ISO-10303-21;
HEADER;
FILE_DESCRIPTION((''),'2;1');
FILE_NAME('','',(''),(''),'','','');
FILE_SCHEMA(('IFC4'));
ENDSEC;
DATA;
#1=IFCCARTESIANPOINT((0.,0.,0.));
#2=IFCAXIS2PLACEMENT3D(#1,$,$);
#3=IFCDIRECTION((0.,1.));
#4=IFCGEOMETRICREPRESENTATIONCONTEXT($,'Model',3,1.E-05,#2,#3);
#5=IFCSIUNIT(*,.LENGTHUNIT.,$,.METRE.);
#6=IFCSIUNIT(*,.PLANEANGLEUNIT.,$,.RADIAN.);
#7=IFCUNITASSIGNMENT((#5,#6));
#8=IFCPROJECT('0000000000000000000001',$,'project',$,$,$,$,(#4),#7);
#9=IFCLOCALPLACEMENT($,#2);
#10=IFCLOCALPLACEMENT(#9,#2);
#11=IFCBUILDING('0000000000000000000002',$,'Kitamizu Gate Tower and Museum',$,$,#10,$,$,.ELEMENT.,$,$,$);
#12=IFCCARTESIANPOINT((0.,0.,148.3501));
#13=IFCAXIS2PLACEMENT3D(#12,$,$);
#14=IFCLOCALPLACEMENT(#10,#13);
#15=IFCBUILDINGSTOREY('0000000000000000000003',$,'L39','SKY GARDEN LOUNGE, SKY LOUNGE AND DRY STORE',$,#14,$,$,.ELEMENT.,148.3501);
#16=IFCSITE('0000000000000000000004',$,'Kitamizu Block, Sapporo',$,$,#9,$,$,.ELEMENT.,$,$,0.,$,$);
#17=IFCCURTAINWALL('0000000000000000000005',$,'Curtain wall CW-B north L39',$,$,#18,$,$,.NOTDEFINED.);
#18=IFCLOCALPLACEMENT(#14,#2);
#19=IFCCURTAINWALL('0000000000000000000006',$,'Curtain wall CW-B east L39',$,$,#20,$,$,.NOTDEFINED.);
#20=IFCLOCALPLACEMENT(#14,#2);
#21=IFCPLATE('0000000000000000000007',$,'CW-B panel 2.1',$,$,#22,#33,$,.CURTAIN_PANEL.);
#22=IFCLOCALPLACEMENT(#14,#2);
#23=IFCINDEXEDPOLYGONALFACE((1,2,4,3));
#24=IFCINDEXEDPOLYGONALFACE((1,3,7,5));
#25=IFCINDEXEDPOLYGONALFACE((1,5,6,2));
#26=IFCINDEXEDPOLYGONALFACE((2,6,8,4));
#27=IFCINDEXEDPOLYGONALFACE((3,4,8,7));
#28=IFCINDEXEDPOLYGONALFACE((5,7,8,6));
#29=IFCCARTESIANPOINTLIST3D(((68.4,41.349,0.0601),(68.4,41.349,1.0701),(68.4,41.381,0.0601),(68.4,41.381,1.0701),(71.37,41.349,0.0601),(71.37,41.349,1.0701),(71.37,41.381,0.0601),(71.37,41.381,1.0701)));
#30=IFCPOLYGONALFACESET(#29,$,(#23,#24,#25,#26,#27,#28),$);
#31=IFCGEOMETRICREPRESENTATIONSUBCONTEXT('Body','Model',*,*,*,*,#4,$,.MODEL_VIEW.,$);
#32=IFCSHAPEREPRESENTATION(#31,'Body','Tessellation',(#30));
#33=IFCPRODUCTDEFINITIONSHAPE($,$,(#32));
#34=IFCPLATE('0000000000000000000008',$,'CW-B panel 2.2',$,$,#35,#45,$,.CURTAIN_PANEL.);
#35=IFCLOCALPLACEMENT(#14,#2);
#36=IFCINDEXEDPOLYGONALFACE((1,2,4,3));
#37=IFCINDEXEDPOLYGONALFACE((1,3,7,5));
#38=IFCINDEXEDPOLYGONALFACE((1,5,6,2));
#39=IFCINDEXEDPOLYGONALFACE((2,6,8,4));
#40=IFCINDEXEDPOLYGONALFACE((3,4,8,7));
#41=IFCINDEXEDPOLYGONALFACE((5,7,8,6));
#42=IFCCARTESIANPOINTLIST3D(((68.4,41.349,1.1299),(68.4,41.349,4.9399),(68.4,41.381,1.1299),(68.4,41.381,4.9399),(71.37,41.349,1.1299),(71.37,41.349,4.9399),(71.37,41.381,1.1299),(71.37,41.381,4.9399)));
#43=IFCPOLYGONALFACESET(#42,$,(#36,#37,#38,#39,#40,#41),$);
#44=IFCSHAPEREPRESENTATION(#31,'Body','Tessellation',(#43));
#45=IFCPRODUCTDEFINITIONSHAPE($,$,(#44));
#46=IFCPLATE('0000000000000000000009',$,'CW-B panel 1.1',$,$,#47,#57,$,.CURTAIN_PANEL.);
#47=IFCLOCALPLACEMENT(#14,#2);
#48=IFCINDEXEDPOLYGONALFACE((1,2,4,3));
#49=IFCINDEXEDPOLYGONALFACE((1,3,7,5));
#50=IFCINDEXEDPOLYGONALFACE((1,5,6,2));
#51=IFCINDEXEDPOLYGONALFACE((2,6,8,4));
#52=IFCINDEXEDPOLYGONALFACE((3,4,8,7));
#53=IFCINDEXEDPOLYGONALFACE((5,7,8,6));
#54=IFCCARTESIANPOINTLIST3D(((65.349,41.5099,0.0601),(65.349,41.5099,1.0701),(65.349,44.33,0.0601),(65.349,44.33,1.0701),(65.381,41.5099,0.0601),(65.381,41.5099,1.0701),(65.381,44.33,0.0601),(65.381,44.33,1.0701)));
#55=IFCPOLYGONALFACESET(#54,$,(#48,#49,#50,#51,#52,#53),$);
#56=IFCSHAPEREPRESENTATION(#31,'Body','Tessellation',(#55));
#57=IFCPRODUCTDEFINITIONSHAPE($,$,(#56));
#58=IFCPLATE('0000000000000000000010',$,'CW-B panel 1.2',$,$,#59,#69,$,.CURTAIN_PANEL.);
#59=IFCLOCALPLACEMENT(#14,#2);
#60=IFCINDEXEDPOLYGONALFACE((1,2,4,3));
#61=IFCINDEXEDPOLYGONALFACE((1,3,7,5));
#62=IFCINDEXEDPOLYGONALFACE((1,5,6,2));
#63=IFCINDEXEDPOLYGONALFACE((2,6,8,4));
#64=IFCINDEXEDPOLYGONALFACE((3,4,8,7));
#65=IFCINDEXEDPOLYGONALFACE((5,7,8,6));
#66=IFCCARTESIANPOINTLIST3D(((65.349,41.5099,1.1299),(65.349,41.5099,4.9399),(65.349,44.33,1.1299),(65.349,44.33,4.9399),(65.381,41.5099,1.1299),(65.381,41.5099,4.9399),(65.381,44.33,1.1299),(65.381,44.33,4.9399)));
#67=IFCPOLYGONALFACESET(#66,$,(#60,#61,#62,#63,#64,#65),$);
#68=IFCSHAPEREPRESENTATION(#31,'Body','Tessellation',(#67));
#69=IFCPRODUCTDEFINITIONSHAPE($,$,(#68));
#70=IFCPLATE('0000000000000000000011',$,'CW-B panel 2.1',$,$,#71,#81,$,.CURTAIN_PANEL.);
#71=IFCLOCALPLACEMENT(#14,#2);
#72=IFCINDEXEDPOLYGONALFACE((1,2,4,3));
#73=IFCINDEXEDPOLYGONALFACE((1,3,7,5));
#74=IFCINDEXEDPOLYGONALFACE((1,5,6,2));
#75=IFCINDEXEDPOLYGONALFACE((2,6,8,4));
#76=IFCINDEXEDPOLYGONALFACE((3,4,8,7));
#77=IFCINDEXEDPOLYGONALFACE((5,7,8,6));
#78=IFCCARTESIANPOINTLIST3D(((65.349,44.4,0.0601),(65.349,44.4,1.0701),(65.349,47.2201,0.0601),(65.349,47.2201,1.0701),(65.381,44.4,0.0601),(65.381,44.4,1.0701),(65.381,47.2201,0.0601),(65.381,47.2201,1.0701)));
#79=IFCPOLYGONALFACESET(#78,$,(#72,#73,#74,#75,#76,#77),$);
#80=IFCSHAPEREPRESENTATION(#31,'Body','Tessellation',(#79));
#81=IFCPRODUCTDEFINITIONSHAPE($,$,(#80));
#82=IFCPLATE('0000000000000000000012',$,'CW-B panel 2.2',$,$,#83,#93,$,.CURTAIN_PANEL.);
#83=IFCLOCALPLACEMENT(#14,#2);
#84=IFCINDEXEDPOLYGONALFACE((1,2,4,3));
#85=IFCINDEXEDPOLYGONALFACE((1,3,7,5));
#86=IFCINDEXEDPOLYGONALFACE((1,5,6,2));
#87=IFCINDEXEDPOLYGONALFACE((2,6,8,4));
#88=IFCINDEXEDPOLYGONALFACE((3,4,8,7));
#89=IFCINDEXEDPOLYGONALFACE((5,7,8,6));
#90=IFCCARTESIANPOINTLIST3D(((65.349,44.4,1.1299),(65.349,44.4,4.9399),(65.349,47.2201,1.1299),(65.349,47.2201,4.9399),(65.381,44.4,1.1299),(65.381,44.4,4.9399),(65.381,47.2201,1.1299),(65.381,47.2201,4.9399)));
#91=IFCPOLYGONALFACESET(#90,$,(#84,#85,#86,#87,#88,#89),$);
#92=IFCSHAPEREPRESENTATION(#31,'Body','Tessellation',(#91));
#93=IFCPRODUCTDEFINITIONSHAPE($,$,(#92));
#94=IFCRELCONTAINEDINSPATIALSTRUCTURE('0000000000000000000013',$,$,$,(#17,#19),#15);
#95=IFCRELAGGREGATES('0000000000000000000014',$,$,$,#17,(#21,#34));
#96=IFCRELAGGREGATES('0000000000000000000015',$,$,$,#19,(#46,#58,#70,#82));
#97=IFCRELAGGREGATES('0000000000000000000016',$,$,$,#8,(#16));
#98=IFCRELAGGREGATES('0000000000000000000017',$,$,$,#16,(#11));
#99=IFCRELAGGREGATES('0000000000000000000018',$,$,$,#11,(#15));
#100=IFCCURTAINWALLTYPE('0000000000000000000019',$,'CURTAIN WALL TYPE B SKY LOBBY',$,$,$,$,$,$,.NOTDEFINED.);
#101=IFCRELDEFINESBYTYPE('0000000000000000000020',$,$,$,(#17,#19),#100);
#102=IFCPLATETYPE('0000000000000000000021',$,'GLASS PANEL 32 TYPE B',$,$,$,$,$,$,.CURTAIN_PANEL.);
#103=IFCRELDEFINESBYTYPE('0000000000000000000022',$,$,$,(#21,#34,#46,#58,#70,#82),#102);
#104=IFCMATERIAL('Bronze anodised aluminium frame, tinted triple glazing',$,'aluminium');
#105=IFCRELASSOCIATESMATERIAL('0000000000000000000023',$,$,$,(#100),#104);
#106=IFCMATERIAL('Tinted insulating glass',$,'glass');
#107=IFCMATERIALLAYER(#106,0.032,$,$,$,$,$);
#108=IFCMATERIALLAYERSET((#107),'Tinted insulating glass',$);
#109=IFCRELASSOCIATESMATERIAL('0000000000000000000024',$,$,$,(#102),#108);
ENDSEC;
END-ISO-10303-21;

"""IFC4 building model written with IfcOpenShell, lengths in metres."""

from ifc_helpers import new_model, si_unit, direction, frame, origin, origin_2d, place, context, subcontext, project, spatial, rectangle, extrude, material, layer, layer_set, type_object, element, aggregate, save


model = new_model("IFC4")

# Units and contexts
model_context = context("Model", 3, precision=1e-05, world=origin(), true_north=direction((0.0, 1.0)))
body_context = subcontext(model_context, "Body", "Model", "MODEL_VIEW")
ifc_project = project(units=[si_unit("LENGTHUNIT", "METRE"), si_unit("PLANEANGLEUNIT", "RADIAN")], contexts=[model_context])

# Site, building, storey
site_placement = place(None, origin())
site = spatial("IfcSite", under=ifc_project, at=site_placement, Name="Kitamizu Block, Sapporo", CompositionType="ELEMENT", RefElevation=0.0)
building_placement = place(site_placement, origin())
building = spatial("IfcBuilding", under=site, at=building_placement, Name="Kitamizu Gate Tower and Museum", CompositionType="ELEMENT")
storey_placement = place(building_placement, frame((0.0, 0.0, 148.3501)))
storey = spatial("IfcBuildingStorey", under=building, at=storey_placement, Name="L39", Description="SKY GARDEN LOUNGE, SKY LOUNGE AND DRY STORE", CompositionType="ELEMENT", Elevation=148.3501)

# Curtain walls
ifc_material_1 = material(Name="Bronze anodised aluminium frame, tinted triple glazing", Category="aluminium")
curtain_wall_type = type_object("IfcCurtainWallType", Name="CURTAIN WALL TYPE B SKY LOBBY", PredefinedType="NOTDEFINED", material=ifc_material_1)
curtain_wall_1_placement = place(storey_placement, origin())
curtain_wall_1 = element("IfcCurtainWall", 1, at=curtain_wall_1_placement, inside=storey, type_object=curtain_wall_type, Name="Curtain wall CW-B north L39", PredefinedType="NOTDEFINED")
curtain_wall_2_placement = place(storey_placement, origin())
curtain_wall_2 = element("IfcCurtainWall", 2, at=curtain_wall_2_placement, inside=storey, type_object=curtain_wall_type, Name="Curtain wall CW-B east L39", PredefinedType="NOTDEFINED")

# Plates
ifc_material_2 = material(Name="Tinted insulating glass", Category="glass")
ifc_layer = layer(ifc_material_2, 0.032)
ifc_layer_set = layer_set([ifc_layer], Name="Tinted insulating glass")
plate_type = type_object("IfcPlateType", Name="GLASS PANEL 32 TYPE B", PredefinedType="CURTAIN_PANEL", material=ifc_layer_set)
plate_1_placement = place(storey_placement, frame((69.885, 41.365, 0.0601), z_axis=(0.0, 0.0, 1.0), x_axis=(1.0, 0.0, 0.0)))
plate_1 = element("IfcPlate", 3, at=plate_1_placement, type_object=plate_type, Name="CW-B panel 2.1", PredefinedType="CURTAIN_PANEL", context=body_context, shape_type="SweptSolid", body=[
    extrude(rectangle(XDim=2.97, YDim=0.032, at=origin_2d()), origin(), (0.0, 0.0, 1.0), 1.01),
])
plate_2_placement = place(storey_placement, frame((69.885, 41.365, 1.1299), z_axis=(0.0, 0.0, 1.0), x_axis=(1.0, 0.0, 0.0)))
plate_2 = element("IfcPlate", 4, at=plate_2_placement, type_object=plate_type, Name="CW-B panel 2.2", PredefinedType="CURTAIN_PANEL", context=body_context, shape_type="SweptSolid", body=[
    extrude(rectangle(XDim=2.97, YDim=0.032, at=origin_2d()), origin(), (0.0, 0.0, 1.0), 3.8101),
])
aggregate(curtain_wall_1, [plate_1, plate_2])
plate_3_placement = place(storey_placement, frame((65.365, 42.9199, 0.0601), z_axis=(0.0, 0.0, 1.0), x_axis=(0.0, 1.0, 0.0)))
plate_3 = element("IfcPlate", 5, at=plate_3_placement, type_object=plate_type, Name="CW-B panel 1.1", PredefinedType="CURTAIN_PANEL", context=body_context, shape_type="SweptSolid", body=[
    extrude(rectangle(XDim=2.8201, YDim=0.032, at=origin_2d()), origin(), (0.0, 0.0, 1.0), 1.01),
])
plate_4_placement = place(storey_placement, frame((65.365, 42.9199, 1.1299), z_axis=(0.0, 0.0, 1.0), x_axis=(0.0, 1.0, 0.0)))
plate_4 = element("IfcPlate", 6, at=plate_4_placement, type_object=plate_type, Name="CW-B panel 1.2", PredefinedType="CURTAIN_PANEL", context=body_context, shape_type="SweptSolid", body=[
    extrude(rectangle(XDim=2.8201, YDim=0.032, at=origin_2d()), origin(), (0.0, 0.0, 1.0), 3.8101),
])
plate_5_placement = place(storey_placement, frame((65.365, 45.8101, 0.0601), z_axis=(0.0, 0.0, 1.0), x_axis=(0.0, 1.0, 0.0)))
plate_5 = element("IfcPlate", 7, at=plate_5_placement, type_object=plate_type, Name="CW-B panel 2.1", PredefinedType="CURTAIN_PANEL", context=body_context, shape_type="SweptSolid", body=[
    extrude(rectangle(XDim=2.8201, YDim=0.032, at=origin_2d()), origin(), (0.0, 0.0, 1.0), 1.01),
])
plate_6_placement = place(storey_placement, frame((65.365, 45.8101, 1.1299), z_axis=(0.0, 0.0, 1.0), x_axis=(0.0, 1.0, 0.0)))
plate_6 = element("IfcPlate", 8, at=plate_6_placement, type_object=plate_type, Name="CW-B panel 2.2", PredefinedType="CURTAIN_PANEL", context=body_context, shape_type="SweptSolid", body=[
    extrude(rectangle(XDim=2.8201, YDim=0.032, at=origin_2d()), origin(), (0.0, 0.0, 1.0), 3.8101),
])
aggregate(curtain_wall_2, [plate_3, plate_4, plate_5, plate_6])

save(model, "model.ifc")
